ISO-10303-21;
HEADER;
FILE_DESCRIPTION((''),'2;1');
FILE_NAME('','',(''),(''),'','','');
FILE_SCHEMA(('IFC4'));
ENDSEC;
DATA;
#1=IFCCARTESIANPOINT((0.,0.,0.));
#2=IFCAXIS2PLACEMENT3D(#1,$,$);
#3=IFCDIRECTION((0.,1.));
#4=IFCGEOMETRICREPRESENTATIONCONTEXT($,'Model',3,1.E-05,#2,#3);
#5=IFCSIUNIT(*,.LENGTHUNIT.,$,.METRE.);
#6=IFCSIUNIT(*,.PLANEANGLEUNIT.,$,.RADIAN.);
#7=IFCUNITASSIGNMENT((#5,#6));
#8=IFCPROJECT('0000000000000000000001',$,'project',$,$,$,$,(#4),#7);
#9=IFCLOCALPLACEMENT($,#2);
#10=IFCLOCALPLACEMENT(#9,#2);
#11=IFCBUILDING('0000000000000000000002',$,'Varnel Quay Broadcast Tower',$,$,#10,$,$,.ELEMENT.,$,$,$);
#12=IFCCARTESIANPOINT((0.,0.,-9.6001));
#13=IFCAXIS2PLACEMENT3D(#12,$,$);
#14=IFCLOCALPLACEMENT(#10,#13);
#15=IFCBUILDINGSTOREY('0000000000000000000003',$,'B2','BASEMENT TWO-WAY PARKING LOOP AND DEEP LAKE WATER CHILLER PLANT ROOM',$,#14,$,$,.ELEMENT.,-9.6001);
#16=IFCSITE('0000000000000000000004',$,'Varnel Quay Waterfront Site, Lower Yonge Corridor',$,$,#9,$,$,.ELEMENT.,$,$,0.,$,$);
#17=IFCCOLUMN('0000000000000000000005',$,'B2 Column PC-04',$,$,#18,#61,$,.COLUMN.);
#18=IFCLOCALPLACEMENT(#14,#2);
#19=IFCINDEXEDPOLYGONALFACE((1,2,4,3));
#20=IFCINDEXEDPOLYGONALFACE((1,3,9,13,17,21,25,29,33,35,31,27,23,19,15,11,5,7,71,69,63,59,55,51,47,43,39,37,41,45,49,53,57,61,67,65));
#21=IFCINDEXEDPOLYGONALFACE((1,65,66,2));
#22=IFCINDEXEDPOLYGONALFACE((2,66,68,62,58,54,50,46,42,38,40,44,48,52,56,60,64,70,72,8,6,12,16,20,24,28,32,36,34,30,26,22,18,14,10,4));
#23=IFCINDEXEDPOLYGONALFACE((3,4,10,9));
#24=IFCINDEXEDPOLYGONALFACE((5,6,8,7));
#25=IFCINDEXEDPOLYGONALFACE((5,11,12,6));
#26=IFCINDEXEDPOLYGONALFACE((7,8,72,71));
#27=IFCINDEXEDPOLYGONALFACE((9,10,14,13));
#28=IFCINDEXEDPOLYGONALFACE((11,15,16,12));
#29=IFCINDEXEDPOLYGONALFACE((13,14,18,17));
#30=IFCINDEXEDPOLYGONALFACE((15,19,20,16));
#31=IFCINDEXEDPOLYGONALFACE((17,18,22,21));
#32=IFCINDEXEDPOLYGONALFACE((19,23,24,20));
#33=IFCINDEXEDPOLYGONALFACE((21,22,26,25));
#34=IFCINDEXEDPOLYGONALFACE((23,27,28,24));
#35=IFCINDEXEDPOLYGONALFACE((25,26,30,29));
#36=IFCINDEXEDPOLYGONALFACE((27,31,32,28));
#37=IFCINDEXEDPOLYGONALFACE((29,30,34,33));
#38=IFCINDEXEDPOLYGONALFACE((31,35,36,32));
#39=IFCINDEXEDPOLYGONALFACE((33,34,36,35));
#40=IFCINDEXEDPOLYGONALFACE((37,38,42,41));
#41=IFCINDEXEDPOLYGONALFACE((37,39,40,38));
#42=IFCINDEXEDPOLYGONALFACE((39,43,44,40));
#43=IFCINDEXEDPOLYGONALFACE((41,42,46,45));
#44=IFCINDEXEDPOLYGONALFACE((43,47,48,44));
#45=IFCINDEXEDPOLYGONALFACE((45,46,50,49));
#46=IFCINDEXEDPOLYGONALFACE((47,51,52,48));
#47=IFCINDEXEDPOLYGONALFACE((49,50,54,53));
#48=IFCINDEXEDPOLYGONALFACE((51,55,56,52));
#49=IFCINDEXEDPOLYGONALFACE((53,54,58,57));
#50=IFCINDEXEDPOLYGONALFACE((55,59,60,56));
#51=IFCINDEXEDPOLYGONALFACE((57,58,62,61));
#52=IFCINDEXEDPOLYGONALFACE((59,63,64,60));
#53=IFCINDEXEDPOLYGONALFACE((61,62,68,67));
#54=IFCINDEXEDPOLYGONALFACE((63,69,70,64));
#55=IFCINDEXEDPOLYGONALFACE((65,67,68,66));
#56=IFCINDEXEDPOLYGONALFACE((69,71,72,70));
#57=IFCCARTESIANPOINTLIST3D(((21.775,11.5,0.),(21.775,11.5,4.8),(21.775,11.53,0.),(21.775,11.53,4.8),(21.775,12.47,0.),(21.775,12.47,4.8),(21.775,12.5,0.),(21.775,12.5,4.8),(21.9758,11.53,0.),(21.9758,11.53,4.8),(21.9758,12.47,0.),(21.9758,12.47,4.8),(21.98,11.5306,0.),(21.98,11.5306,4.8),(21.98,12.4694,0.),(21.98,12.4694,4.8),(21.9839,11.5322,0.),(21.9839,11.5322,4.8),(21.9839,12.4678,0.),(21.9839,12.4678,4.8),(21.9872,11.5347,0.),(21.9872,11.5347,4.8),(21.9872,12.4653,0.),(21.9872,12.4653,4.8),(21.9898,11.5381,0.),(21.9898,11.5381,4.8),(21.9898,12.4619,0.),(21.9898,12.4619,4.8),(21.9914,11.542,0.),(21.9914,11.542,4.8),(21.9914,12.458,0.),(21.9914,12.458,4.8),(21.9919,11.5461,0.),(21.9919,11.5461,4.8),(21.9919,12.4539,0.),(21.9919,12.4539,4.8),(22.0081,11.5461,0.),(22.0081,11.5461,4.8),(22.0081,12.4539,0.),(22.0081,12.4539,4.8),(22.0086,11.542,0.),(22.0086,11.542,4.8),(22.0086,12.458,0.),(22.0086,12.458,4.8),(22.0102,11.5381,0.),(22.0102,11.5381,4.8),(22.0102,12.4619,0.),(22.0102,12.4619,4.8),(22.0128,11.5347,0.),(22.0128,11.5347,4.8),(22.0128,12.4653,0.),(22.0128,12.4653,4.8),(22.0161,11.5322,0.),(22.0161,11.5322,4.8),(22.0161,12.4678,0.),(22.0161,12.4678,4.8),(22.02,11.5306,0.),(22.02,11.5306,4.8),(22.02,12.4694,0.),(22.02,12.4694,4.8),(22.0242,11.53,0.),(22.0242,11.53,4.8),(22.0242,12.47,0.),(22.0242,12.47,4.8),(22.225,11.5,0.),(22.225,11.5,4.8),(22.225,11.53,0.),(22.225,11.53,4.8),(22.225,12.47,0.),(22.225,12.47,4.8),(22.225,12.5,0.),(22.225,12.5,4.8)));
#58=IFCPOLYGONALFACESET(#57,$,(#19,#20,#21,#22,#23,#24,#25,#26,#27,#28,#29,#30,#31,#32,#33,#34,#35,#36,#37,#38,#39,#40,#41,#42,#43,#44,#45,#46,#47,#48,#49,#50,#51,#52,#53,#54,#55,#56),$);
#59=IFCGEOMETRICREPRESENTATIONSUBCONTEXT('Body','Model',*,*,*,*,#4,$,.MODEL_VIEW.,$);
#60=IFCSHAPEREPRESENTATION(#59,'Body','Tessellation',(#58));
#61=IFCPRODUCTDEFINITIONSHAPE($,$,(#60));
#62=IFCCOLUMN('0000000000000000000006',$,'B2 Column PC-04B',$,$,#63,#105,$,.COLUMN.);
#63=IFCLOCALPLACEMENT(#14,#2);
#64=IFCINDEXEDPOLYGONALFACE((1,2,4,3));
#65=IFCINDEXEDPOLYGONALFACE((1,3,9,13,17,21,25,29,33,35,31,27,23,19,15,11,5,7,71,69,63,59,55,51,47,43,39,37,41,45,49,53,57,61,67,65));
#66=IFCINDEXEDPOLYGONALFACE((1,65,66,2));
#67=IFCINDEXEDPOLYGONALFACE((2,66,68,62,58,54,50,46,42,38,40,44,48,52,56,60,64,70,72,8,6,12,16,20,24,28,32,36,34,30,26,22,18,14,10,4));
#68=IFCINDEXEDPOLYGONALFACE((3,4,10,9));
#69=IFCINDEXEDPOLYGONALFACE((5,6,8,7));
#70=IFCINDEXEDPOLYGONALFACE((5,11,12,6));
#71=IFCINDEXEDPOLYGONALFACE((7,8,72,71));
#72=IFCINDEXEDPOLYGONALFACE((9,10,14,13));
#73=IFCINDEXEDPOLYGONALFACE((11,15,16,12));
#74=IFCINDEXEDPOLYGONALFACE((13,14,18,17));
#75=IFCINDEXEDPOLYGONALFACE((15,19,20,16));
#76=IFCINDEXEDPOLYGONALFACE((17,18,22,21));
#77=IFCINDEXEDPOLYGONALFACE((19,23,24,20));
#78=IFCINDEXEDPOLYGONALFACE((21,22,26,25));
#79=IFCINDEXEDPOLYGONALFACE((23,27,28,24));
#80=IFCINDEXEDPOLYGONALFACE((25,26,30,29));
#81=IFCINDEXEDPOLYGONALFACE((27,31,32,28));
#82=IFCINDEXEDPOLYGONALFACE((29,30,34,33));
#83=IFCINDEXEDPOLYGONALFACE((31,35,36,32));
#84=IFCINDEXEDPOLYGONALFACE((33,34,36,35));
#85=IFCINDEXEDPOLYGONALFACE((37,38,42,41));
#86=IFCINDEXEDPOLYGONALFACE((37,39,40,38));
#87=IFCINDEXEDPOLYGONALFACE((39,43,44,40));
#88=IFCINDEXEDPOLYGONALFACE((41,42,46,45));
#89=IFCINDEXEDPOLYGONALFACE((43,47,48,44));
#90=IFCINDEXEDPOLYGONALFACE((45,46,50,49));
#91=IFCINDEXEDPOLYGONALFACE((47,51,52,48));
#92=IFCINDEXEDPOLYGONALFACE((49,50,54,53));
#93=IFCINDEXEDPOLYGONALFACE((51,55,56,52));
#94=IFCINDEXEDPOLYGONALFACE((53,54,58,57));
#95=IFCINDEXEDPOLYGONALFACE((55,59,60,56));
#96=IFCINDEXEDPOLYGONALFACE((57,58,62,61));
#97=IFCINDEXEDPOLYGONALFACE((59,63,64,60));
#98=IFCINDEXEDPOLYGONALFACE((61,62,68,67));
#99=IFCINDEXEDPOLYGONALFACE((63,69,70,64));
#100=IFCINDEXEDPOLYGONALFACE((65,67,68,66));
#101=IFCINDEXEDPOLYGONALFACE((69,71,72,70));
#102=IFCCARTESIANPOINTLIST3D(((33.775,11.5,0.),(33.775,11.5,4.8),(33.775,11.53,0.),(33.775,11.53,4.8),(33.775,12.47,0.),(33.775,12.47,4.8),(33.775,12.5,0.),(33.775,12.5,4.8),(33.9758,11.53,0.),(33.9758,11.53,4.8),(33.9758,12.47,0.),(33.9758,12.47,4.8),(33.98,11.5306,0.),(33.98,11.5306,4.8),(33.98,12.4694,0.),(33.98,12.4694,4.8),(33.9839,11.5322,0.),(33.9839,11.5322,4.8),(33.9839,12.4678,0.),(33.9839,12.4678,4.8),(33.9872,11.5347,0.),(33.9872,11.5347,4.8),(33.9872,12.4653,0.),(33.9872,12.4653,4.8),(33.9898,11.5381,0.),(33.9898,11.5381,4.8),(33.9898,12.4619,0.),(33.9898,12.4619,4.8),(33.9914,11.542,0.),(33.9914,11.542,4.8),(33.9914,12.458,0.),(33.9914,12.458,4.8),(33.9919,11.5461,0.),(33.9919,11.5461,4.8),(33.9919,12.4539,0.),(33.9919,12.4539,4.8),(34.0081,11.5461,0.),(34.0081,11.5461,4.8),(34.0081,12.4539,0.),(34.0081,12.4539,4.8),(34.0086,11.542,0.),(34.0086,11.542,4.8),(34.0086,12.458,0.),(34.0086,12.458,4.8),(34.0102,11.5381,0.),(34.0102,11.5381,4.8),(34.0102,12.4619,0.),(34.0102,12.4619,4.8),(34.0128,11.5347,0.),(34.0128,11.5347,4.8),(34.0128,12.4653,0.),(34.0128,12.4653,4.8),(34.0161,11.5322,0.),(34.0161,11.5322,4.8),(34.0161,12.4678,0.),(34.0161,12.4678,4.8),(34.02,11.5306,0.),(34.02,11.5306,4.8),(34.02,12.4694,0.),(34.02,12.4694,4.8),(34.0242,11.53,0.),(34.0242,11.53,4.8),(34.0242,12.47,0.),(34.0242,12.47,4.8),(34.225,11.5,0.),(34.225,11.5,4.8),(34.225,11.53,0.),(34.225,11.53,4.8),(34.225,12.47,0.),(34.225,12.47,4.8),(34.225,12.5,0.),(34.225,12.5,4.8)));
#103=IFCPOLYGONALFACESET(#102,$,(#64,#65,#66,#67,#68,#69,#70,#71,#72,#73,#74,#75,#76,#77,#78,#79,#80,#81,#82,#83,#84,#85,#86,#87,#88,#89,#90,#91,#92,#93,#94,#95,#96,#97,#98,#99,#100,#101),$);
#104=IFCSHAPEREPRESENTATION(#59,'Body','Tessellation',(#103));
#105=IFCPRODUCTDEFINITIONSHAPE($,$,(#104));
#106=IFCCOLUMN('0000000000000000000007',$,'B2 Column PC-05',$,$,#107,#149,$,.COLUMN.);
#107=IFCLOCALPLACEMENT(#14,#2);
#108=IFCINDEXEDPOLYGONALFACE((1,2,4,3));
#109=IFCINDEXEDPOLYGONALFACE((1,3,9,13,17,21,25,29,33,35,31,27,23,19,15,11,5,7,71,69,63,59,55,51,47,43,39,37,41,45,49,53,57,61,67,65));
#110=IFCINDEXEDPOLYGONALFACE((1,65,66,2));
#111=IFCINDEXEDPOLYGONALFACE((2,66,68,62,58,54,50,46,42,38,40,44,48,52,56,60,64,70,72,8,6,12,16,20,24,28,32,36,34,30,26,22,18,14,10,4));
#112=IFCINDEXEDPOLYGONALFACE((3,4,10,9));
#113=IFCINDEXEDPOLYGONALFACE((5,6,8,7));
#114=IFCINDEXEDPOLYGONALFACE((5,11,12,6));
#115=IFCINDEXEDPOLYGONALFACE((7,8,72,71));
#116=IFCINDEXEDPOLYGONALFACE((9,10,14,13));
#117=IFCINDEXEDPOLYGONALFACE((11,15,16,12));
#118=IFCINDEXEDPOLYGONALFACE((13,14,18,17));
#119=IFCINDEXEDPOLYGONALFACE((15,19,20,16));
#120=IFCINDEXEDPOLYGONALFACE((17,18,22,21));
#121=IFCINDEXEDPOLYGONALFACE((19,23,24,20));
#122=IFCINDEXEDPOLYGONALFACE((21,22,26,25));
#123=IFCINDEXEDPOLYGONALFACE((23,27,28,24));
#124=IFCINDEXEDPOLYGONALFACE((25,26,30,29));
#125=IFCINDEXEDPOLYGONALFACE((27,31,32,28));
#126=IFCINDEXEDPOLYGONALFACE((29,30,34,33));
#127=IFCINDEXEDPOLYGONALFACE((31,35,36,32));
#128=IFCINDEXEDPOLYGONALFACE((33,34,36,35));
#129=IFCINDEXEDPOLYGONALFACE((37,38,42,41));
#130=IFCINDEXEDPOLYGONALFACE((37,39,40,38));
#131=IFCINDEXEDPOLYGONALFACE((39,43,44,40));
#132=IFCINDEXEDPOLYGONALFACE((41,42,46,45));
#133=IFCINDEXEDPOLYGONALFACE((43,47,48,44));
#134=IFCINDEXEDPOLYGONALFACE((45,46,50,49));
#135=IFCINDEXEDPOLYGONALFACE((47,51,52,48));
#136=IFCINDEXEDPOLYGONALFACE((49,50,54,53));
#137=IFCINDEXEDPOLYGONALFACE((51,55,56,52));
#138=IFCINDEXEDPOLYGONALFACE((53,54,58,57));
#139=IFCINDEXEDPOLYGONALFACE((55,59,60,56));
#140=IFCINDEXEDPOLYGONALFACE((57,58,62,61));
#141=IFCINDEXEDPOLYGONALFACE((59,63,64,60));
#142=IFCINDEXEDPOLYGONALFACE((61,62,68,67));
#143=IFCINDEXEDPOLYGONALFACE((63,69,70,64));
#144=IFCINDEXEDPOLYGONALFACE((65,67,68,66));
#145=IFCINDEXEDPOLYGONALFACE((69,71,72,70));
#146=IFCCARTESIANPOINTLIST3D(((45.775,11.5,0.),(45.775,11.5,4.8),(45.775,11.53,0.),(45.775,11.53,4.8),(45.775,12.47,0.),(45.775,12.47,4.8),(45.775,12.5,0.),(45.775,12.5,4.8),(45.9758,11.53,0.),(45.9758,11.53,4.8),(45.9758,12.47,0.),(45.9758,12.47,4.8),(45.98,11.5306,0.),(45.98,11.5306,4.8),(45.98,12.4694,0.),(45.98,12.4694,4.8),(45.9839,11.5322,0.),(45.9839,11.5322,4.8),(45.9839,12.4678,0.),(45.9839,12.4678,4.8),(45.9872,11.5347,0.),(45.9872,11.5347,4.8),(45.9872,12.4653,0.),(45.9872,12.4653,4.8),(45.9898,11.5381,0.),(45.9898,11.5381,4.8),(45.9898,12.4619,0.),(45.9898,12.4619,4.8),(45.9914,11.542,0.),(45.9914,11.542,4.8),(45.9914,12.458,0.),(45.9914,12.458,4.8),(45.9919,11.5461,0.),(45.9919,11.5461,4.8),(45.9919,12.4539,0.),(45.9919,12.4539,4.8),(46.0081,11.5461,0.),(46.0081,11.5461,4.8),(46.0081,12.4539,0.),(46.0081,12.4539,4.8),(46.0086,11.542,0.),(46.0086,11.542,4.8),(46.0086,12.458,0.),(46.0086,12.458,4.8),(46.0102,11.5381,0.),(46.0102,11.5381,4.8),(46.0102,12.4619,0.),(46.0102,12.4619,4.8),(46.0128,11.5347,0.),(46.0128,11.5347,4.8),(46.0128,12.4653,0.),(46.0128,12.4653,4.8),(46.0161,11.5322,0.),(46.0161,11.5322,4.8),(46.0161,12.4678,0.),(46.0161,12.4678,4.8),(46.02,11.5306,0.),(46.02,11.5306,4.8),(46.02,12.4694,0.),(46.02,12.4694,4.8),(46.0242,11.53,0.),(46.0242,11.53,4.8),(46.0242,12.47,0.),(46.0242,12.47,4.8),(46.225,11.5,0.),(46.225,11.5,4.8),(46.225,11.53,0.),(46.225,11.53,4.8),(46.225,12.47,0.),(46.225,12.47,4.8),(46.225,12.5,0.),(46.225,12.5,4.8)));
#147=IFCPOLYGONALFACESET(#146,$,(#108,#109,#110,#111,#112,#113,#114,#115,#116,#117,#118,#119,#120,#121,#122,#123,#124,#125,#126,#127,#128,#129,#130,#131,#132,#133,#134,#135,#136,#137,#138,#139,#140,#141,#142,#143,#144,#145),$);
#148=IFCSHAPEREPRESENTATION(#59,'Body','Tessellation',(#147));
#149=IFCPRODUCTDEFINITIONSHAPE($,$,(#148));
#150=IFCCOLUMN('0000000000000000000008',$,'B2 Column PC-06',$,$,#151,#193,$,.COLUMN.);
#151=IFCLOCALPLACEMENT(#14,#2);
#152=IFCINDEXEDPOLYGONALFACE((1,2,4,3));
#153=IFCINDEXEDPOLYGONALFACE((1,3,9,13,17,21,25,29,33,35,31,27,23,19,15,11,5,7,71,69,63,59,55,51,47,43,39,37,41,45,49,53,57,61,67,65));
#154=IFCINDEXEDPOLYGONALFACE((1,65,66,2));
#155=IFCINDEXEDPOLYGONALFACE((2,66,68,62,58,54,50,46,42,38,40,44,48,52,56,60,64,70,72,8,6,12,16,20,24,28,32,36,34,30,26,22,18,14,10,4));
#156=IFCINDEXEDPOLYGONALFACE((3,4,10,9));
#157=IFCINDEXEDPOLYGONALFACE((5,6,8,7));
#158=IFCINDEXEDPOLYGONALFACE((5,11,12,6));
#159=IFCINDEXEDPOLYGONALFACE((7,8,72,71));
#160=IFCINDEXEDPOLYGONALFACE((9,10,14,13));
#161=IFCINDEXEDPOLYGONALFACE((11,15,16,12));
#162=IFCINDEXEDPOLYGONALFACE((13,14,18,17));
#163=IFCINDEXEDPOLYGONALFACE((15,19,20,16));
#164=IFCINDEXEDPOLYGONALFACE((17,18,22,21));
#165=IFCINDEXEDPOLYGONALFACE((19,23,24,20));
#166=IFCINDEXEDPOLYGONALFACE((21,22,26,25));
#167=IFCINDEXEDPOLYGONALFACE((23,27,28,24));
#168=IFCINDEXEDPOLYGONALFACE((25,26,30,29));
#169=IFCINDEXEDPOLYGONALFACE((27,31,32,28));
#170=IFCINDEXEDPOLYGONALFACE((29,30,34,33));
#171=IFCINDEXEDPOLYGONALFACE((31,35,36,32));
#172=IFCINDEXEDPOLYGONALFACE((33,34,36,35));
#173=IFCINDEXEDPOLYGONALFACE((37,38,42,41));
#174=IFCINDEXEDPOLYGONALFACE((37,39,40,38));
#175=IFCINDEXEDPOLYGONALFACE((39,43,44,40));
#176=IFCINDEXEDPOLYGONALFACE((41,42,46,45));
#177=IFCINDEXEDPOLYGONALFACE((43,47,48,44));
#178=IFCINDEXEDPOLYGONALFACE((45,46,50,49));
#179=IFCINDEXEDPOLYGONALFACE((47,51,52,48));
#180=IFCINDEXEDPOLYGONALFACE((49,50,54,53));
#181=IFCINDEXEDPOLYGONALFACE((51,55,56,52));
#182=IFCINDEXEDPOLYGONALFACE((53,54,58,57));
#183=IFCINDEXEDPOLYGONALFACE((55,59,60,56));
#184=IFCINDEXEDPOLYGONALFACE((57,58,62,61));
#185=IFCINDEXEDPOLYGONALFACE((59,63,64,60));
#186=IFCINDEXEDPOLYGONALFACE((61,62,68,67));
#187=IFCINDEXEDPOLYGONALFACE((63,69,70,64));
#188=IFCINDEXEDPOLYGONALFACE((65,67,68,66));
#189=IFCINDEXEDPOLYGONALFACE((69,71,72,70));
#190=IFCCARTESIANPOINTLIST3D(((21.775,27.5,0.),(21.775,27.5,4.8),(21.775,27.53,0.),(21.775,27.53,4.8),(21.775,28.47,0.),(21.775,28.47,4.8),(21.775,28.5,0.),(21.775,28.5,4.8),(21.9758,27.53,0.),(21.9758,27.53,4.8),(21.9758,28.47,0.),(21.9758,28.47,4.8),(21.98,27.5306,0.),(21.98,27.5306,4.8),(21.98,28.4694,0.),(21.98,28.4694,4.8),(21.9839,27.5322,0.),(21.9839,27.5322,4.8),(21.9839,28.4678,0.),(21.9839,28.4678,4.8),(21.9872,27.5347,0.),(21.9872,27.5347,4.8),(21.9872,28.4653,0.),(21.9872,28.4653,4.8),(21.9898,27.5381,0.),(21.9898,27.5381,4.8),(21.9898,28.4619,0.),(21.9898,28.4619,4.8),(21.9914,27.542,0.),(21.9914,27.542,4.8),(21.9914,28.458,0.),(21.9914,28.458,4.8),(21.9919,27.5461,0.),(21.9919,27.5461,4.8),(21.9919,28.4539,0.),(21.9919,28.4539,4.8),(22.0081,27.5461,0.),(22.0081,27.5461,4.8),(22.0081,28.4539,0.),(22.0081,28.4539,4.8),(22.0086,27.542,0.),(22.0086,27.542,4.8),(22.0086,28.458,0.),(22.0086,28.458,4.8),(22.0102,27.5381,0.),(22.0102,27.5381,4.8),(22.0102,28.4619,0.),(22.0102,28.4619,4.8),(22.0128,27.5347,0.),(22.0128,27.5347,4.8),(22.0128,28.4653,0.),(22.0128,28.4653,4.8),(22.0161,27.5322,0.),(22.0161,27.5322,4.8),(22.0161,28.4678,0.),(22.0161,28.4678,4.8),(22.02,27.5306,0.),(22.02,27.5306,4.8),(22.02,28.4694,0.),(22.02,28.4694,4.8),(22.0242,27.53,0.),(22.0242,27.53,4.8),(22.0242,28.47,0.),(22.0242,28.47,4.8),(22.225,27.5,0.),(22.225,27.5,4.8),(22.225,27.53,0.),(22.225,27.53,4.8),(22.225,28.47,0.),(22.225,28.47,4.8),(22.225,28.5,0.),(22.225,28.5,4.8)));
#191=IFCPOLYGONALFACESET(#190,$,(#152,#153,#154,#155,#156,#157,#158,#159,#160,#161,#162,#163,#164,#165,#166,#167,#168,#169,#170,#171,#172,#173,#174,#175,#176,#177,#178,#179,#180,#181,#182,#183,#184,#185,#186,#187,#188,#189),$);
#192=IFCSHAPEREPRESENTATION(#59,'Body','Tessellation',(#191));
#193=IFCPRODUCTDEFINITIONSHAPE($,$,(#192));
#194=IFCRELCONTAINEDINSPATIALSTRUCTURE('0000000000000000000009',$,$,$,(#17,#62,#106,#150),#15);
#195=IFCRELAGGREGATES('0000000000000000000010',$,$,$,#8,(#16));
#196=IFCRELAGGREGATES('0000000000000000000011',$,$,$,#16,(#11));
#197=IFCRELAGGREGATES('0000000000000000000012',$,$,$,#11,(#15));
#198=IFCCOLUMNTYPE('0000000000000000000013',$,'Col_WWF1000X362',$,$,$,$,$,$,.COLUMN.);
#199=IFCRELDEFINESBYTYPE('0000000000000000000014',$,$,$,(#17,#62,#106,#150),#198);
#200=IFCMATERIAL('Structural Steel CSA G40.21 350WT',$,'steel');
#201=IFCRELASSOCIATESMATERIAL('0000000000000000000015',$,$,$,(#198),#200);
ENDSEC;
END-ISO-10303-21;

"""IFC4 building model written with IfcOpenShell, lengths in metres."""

from ifc_helpers import new_model, si_unit, direction, frame, origin, origin_2d, place, context, subcontext, project, spatial, i_section, extrude, source, transform, mapped, material, material_profile, profile_set, type_object, type_shapes, element, save


model = new_model("IFC4")

# Units and contexts
model_context = context("Model", 3, precision=1e-05, world=origin(), true_north=direction((0.0, 1.0)))
body_context = subcontext(model_context, "Body", "Model", "MODEL_VIEW")
ifc_project = project(units=[si_unit("LENGTHUNIT", "METRE"), si_unit("PLANEANGLEUNIT", "RADIAN")], contexts=[model_context])

# Site, building, storey
site_placement = place(None, origin())
site = spatial("IfcSite", under=ifc_project, at=site_placement, Name="Varnel Quay Waterfront Site, Lower Yonge Corridor", CompositionType="ELEMENT", RefElevation=0.0)
building_placement = place(site_placement, origin())
building = spatial("IfcBuilding", under=site, at=building_placement, Name="Varnel Quay Broadcast Tower", CompositionType="ELEMENT")
storey_placement = place(building_placement, frame((0.0, 0.0, -9.6001)))
storey = spatial("IfcBuildingStorey", under=building, at=storey_placement, Name="B2", Description="BASEMENT TWO-WAY PARKING LOOP AND DEEP LAKE WATER CHILLER PLANT ROOM", CompositionType="ELEMENT", Elevation=-9.6001)

# Columns
ifc_material_1 = material(Name="Structural Steel CSA G40.21 350WT", Category="steel")
ifc_material_profile_1 = material_profile(ifc_material_1, i_section(OverallWidth=0.45, OverallDepth=1.0, WebThickness=0.0161, FlangeThickness=0.03, FilletRadius=0.0161, at=origin_2d()), Name="WWF1000X362")
ifc_profile_set_1 = profile_set([ifc_material_profile_1], Name="Structural Steel CSA G40.21 350WT")
column_type = type_object("IfcColumnType", Name="Col_WWF1000X362", PredefinedType="COLUMN", material=ifc_profile_set_1)
shared_shape_1 = source(origin(), body_context, "Body", "SweptSolid", [
    extrude(i_section(OverallWidth=0.45, OverallDepth=1.0, WebThickness=0.0161, FlangeThickness=0.03, FilletRadius=0.0161, at=origin_2d()), origin(), (0.0, 0.0, 1.0), 4.8),
])
type_shapes(column_type, [shared_shape_1])
for number, where, z_axis, x_axis, name in (
    (1, (22.0, 12.0, 0.0), (0.0, 0.0, 1.0), (1.0, 0.0, 0.0), "B2 Column PC-04"),
    (2, (34.0, 12.0, 0.0), (0.0, 0.0, 1.0), (1.0, 0.0, 0.0), "B2 Column PC-04B"),
    (3, (46.0, 12.0, 0.0), (0.0, 0.0, 1.0), (1.0, 0.0, 0.0), "B2 Column PC-05"),
    (4, (22.0, 28.0, 0.0), (0.0, 0.0, 1.0), (1.0, 0.0, 0.0), "B2 Column PC-06"),
):
    element("IfcColumn", number, at=place(storey_placement, frame(where, z_axis=z_axis, x_axis=x_axis)), inside=storey, type_object=column_type, Name=name, PredefinedType="COLUMN", context=body_context, shape_type="MappedRepresentation", body=[
        mapped(shared_shape_1, transform((0.0, 0.0, 0.0), x_axis=(1.0, 0.0, 0.0), y_axis=(0.0, 1.0, 0.0), z_axis=(0.0, 0.0, 1.0), scale=1.0)),
    ])

save(model, "model.ifc")
